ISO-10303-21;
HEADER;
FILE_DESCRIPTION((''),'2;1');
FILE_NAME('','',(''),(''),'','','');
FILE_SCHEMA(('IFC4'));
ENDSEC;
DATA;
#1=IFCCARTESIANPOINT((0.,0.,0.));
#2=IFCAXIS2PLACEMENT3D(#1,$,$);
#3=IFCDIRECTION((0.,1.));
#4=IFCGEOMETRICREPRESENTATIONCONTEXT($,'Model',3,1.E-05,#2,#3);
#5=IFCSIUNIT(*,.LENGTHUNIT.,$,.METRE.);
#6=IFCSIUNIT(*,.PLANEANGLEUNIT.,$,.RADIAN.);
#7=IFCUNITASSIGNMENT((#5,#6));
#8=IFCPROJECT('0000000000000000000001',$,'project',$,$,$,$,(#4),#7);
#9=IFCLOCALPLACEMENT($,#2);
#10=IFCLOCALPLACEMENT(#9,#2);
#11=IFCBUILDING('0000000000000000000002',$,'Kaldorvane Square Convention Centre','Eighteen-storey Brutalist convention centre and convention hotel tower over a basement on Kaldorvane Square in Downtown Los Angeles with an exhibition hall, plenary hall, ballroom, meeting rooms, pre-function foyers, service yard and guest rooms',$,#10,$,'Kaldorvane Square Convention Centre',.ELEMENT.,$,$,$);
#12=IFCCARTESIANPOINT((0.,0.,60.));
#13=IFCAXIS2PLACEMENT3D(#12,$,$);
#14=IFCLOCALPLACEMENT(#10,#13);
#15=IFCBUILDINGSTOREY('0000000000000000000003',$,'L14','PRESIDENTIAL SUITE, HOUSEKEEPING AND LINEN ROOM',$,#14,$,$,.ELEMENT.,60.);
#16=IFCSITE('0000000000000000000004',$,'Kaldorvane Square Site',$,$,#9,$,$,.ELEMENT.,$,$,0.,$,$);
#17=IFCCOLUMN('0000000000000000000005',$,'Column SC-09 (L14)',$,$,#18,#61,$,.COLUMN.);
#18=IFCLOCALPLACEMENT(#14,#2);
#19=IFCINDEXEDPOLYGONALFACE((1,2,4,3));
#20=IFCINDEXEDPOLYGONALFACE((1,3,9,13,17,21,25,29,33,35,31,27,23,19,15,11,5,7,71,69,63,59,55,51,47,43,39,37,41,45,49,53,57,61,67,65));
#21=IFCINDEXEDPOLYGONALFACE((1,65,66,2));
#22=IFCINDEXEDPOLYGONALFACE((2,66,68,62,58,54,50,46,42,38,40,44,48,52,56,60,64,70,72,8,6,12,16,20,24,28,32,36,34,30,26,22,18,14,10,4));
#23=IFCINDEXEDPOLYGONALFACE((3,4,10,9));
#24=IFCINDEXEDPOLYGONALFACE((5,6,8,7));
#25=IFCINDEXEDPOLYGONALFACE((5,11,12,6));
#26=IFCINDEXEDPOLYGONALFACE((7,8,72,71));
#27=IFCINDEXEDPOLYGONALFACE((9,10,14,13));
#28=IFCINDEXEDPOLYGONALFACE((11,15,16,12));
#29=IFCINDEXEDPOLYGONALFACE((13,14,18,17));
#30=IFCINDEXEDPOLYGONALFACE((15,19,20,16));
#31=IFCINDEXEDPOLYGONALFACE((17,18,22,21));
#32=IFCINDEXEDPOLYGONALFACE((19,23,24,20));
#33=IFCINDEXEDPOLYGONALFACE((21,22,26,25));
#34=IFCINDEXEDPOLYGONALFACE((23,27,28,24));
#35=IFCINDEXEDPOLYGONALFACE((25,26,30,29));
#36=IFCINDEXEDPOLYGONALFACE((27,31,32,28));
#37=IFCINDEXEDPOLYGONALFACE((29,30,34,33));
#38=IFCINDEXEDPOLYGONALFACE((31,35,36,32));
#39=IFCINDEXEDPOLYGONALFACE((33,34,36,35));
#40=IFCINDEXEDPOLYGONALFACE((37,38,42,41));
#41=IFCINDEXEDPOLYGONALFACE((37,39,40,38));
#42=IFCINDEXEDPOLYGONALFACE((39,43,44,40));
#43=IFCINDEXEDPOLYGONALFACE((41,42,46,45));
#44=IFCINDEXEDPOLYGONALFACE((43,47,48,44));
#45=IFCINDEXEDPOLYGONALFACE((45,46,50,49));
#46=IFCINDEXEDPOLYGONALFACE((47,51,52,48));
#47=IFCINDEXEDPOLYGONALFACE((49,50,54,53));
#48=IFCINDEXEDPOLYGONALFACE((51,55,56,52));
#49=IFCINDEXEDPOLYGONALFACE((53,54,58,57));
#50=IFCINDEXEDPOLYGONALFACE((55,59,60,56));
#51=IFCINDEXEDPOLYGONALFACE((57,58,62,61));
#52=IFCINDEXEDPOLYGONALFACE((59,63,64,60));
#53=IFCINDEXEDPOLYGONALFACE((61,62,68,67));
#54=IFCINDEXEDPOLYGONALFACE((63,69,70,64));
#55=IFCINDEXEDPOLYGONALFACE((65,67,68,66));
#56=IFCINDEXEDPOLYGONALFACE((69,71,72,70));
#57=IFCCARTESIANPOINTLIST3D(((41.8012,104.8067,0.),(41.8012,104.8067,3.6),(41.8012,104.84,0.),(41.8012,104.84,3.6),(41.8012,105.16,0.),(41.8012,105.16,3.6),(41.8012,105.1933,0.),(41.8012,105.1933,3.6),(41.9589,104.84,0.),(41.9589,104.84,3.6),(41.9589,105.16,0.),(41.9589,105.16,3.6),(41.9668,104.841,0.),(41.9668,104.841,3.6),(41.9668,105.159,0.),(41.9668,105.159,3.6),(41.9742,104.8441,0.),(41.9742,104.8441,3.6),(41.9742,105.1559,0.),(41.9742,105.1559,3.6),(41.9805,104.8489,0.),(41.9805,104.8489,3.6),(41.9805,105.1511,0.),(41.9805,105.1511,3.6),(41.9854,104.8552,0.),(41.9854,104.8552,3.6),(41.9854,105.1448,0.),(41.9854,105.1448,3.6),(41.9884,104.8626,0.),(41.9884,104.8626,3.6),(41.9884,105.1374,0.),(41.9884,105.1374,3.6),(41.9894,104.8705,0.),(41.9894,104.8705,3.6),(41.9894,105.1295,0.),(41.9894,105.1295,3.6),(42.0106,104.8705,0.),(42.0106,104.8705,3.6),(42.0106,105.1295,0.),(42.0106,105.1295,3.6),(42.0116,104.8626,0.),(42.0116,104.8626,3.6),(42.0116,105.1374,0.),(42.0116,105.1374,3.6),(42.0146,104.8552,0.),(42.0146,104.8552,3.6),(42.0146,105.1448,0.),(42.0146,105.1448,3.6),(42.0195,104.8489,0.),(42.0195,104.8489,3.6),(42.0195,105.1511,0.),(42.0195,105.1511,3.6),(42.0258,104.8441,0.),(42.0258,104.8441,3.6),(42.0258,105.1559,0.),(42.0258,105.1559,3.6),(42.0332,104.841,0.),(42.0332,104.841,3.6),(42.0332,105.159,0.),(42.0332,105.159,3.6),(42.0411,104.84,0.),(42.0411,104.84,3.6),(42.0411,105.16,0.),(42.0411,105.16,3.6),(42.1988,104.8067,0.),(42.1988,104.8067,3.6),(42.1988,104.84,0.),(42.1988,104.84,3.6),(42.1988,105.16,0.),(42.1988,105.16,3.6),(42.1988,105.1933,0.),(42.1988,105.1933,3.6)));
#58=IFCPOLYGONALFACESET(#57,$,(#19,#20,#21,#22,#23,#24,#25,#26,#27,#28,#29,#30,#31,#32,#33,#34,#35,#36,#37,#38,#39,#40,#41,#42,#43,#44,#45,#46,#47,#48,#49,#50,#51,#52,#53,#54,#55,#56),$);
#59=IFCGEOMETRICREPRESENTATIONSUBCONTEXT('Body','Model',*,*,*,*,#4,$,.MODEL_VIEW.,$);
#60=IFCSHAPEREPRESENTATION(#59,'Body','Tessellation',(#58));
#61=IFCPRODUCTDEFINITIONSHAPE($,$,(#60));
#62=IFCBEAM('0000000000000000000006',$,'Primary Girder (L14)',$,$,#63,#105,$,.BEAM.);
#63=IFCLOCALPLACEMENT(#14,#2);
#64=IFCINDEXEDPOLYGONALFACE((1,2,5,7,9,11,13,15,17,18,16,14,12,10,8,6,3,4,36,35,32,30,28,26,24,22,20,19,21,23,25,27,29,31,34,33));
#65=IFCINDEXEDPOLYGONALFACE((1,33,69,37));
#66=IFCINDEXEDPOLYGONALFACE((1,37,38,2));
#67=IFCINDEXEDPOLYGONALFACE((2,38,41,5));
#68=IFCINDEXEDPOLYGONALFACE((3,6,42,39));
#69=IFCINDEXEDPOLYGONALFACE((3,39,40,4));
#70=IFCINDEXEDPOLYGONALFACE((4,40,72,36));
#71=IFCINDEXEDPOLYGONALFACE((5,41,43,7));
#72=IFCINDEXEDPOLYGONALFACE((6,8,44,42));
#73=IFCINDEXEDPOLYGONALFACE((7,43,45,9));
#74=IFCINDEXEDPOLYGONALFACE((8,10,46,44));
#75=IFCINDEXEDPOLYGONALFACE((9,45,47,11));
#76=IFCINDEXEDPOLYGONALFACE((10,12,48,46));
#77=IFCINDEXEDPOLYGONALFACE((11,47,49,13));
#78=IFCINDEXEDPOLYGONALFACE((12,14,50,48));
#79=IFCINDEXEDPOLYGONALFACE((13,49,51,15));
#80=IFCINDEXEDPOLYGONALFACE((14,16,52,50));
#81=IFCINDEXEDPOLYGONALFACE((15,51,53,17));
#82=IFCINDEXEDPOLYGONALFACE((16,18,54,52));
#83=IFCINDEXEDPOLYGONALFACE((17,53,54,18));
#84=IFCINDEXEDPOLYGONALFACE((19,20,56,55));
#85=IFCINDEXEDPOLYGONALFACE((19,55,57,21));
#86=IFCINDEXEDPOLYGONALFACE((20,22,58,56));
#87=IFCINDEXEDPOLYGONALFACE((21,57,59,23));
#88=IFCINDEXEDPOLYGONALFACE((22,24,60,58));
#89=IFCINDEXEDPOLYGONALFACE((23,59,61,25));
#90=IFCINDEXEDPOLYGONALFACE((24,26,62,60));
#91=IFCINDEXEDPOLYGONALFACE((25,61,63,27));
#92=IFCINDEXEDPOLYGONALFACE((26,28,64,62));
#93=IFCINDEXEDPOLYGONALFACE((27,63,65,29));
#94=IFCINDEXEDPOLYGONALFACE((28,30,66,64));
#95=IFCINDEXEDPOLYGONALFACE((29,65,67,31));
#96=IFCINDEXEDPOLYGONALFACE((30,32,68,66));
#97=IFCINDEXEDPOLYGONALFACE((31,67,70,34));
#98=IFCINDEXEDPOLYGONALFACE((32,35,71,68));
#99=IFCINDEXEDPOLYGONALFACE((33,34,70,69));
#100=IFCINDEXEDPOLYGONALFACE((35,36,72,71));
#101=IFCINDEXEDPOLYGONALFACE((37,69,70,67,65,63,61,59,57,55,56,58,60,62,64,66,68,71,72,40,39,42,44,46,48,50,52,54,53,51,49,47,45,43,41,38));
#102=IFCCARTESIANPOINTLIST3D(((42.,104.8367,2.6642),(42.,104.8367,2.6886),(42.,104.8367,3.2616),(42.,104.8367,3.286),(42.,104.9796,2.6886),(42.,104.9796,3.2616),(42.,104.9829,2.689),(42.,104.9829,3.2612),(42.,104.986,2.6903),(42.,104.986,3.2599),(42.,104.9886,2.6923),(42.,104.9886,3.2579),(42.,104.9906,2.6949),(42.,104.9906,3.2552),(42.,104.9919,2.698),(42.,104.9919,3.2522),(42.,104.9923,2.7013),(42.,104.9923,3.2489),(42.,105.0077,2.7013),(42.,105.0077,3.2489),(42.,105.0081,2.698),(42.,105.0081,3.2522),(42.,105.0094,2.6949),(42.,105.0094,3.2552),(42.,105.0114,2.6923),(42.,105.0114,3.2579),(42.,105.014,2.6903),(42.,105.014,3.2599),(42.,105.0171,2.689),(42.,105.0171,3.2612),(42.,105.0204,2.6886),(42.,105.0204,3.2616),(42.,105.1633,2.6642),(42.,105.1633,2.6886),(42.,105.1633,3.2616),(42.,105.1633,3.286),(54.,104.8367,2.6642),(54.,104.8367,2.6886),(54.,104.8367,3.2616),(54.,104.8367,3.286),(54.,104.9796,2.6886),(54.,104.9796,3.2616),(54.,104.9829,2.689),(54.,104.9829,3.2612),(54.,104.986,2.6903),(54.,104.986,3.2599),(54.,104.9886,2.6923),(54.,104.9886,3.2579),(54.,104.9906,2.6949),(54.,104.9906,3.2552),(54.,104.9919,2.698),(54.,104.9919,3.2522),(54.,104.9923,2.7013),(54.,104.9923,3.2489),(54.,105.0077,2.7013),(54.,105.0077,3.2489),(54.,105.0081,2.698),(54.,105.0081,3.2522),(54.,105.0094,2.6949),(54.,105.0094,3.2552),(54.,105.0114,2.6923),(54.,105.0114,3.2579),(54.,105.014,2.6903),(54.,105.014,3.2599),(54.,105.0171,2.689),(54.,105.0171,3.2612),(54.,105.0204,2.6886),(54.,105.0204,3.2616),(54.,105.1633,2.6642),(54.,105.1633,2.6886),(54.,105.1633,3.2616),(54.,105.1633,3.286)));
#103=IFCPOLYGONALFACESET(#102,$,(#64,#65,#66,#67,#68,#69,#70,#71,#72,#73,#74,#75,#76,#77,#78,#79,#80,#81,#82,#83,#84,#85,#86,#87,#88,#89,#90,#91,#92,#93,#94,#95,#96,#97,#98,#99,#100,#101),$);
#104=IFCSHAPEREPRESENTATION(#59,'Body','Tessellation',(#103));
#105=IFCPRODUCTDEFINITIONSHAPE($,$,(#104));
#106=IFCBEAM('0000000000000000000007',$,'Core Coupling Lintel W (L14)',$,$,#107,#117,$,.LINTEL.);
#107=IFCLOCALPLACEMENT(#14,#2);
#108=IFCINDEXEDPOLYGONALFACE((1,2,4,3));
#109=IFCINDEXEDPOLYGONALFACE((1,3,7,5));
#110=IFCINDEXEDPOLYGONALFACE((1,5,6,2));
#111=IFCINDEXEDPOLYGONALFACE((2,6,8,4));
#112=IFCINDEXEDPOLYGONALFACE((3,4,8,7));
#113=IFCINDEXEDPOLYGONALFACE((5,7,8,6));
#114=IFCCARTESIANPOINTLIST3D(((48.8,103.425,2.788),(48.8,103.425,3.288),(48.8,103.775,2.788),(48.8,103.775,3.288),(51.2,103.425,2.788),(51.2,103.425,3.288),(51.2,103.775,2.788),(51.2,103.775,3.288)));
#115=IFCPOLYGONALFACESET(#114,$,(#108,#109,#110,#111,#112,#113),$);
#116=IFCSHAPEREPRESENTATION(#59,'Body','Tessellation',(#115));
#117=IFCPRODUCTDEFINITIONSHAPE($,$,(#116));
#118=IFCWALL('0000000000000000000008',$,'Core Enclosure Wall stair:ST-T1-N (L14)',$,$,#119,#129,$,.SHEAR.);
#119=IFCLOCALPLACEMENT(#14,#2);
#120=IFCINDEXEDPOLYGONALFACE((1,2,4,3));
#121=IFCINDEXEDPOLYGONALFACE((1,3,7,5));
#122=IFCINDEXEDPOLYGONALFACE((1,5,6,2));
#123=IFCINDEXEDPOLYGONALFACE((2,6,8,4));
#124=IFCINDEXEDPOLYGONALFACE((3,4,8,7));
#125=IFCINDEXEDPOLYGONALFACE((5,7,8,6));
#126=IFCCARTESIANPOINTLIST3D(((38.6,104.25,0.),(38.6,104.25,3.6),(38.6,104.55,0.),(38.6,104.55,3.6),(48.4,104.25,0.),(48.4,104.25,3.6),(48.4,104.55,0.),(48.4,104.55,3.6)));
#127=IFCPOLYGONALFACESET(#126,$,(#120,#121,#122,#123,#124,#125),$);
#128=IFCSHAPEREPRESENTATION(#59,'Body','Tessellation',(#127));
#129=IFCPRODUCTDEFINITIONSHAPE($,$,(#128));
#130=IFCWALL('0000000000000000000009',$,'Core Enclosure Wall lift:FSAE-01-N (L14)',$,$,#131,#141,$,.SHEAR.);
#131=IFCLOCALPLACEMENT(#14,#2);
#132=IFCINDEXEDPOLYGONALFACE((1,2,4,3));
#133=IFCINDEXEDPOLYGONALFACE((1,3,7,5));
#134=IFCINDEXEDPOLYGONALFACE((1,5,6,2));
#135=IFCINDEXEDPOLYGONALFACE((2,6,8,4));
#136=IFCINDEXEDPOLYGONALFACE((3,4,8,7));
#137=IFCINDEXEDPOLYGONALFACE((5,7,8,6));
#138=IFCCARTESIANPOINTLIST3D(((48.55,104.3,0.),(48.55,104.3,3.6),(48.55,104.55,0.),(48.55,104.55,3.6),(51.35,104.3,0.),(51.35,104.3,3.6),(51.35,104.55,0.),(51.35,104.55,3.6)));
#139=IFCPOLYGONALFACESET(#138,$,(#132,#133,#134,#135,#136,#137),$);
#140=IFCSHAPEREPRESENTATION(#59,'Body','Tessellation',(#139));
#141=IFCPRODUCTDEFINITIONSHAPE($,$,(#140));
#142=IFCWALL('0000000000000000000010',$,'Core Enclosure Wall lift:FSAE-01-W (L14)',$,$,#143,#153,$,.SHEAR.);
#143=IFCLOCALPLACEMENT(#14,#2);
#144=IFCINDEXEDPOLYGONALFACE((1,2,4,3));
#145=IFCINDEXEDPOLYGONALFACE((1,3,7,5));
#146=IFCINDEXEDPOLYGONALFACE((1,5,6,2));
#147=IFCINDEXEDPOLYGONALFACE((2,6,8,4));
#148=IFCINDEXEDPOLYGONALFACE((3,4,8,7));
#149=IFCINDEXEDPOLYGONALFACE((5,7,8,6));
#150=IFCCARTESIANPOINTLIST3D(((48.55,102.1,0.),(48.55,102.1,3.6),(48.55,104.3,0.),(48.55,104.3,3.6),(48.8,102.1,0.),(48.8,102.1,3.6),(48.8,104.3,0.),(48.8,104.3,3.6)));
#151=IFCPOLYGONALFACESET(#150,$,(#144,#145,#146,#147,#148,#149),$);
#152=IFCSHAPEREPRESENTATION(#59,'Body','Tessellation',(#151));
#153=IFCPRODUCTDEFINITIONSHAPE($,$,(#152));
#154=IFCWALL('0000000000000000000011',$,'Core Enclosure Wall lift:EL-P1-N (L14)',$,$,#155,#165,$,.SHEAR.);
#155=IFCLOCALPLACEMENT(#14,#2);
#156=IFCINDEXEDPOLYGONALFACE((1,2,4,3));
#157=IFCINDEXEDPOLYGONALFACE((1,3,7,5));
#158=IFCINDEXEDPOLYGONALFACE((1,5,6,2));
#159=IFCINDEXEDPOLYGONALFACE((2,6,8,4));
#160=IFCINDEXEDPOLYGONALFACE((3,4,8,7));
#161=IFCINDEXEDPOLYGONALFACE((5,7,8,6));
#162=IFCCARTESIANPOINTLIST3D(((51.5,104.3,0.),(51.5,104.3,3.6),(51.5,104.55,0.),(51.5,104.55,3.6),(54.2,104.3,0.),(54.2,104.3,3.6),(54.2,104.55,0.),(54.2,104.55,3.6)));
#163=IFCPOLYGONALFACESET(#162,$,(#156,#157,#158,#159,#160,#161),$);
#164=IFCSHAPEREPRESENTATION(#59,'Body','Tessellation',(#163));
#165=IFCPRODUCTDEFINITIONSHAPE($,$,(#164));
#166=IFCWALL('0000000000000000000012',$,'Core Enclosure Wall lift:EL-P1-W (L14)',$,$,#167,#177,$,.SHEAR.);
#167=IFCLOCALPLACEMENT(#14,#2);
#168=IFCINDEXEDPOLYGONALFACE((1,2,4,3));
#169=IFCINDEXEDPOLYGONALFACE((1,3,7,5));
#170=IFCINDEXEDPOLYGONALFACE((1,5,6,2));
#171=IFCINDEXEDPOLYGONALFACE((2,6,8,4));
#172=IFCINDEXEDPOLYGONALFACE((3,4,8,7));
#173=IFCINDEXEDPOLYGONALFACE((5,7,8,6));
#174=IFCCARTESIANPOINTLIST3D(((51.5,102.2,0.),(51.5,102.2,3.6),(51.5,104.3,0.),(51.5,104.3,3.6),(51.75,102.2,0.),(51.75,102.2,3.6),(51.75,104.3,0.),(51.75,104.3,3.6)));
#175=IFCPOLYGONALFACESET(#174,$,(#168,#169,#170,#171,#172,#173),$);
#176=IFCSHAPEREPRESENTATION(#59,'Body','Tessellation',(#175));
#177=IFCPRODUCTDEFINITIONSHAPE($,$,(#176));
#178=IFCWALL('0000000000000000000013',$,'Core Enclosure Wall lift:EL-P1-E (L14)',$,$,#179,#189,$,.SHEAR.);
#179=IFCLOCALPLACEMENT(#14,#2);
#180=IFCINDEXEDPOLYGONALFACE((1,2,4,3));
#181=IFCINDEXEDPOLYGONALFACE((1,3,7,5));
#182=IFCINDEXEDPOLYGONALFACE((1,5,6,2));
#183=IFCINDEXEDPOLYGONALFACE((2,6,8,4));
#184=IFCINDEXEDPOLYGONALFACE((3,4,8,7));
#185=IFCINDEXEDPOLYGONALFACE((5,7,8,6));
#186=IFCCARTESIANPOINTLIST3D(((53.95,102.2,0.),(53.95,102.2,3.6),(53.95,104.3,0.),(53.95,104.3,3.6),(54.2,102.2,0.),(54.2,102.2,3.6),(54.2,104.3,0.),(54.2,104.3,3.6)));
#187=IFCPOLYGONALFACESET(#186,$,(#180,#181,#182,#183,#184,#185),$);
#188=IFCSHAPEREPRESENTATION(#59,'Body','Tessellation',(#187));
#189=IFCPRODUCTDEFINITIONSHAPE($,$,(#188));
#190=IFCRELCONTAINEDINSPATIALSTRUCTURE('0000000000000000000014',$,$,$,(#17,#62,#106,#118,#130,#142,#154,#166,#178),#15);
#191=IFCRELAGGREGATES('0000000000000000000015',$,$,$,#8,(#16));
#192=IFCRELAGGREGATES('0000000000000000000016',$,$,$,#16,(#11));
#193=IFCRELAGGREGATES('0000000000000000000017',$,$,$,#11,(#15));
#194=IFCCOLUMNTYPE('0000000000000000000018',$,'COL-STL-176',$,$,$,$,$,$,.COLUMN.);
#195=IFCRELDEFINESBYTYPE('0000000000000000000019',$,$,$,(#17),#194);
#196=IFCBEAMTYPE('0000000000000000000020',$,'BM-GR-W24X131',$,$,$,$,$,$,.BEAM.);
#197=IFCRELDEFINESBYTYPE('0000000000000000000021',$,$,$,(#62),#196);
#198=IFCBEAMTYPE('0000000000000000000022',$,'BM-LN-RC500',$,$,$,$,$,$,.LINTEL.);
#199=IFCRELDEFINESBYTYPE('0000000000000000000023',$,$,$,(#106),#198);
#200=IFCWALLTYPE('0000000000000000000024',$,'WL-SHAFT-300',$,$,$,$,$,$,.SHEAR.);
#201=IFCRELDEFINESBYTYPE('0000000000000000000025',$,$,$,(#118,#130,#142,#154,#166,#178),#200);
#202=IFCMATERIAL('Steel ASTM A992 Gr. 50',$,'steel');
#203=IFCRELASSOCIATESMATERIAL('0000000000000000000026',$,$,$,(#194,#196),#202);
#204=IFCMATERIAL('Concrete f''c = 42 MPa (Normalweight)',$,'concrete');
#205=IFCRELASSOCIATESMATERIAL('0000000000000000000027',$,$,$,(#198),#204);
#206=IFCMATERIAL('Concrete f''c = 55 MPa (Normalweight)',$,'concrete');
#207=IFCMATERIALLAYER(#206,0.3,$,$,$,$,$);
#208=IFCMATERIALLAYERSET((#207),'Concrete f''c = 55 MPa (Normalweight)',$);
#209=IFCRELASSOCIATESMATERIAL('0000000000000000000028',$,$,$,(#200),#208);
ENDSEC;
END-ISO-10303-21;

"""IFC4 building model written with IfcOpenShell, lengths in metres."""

from ifc_helpers import new_model, si_unit, direction, frame, frame_2d, origin, origin_2d, place, context, subcontext, project, spatial, rectangle, i_section, extrude, material, layer, layer_set, material_profile, profile_set, type_object, element, save


model = new_model("IFC4")

# Units and contexts
model_context = context("Model", 3, precision=1e-05, world=origin(), true_north=direction((0.0, 1.0)))
body_context = subcontext(model_context, "Body", "Model", "MODEL_VIEW")
ifc_project = project(units=[si_unit("LENGTHUNIT", "METRE"), si_unit("PLANEANGLEUNIT", "RADIAN")], contexts=[model_context])

# Site, building, storey
site_placement = place(None, origin())
site = spatial("IfcSite", under=ifc_project, at=site_placement, Name="Kaldorvane Square Site", CompositionType="ELEMENT", RefElevation=0.0)
building_placement = place(site_placement, origin())
building = spatial("IfcBuilding", under=site, at=building_placement, Name="Kaldorvane Square Convention Centre", Description="Eighteen-storey Brutalist convention centre and convention hotel tower over a basement on Kaldorvane Square in Downtown Los Angeles with an exhibition hall, plenary hall, ballroom, meeting rooms, pre-function foyers, service yard and guest rooms", LongName="Kaldorvane Square Convention Centre", CompositionType="ELEMENT")
storey_placement = place(building_placement, frame((0.0, 0.0, 60.0)))
storey = spatial("IfcBuildingStorey", under=building, at=storey_placement, Name="L14", Description="PRESIDENTIAL SUITE, HOUSEKEEPING AND LINEN ROOM", CompositionType="ELEMENT", Elevation=60.0)

# Column
ifc_material_1 = material(Name="Steel ASTM A992 Gr. 50", Category="steel")
ifc_material_profile_1 = material_profile(ifc_material_1, i_section(OverallWidth=0.3975, OverallDepth=0.3866, WebThickness=0.0211, FlangeThickness=0.0333, FilletRadius=0.0305, at=origin_2d()), Name="W14X176")
ifc_profile_set_1 = profile_set([ifc_material_profile_1], Name="Steel ASTM A992 Gr. 50")
column_type = type_object("IfcColumnType", Name="COL-STL-176", PredefinedType="COLUMN", material=ifc_profile_set_1)
column_placement = place(storey_placement, frame((42.0, 105.0, 0.0), z_axis=(0.0, 0.0, 1.0), x_axis=(1.0, 0.0, 0.0)))
element("IfcColumn", 1, at=column_placement, inside=storey, type_object=column_type, Name="Column SC-09 (L14)", PredefinedType="COLUMN", context=body_context, shape_type="SweptSolid", body=[
    extrude(i_section(OverallWidth=0.3975, OverallDepth=0.3866, WebThickness=0.0211, FlangeThickness=0.0333, FilletRadius=0.0305, at=origin_2d()), origin(), (0.0, 0.0, 1.0), 3.6),
])

# Beams
ifc_material_profile_2 = material_profile(ifc_material_1, i_section(OverallWidth=0.3265, OverallDepth=0.6218, WebThickness=0.0154, FlangeThickness=0.0244, FilletRadius=0.0127, at=origin_2d()), Name="W24X131")
ifc_profile_set_2 = profile_set([ifc_material_profile_2], Name="Steel ASTM A992 Gr. 50")
beam_type_1 = type_object("IfcBeamType", Name="BM-GR-W24X131", PredefinedType="BEAM", material=ifc_profile_set_2)
beam_1_placement = place(storey_placement, frame((42.0, 105.0, 2.9751), z_axis=(1.0, 0.0, 0.0), x_axis=(0.0, 1.0, 0.0)))
element("IfcBeam", 2, at=beam_1_placement, inside=storey, type_object=beam_type_1, Name="Primary Girder (L14)", PredefinedType="BEAM", context=body_context, shape_type="SweptSolid", body=[
    extrude(i_section(OverallWidth=0.3265, OverallDepth=0.6218, WebThickness=0.0154, FlangeThickness=0.0244, FilletRadius=0.0127, at=origin_2d()), origin(), (0.0, 0.0, 1.0), 12.0),
])
ifc_material_2 = material(Name="Concrete f'c = 42 MPa (Normalweight)", Category="concrete")
ifc_material_profile_3 = material_profile(ifc_material_2, rectangle(XDim=0.35, YDim=0.5, at=origin_2d()), Name="RCLN500X350")
ifc_profile_set_3 = profile_set([ifc_material_profile_3], Name="Concrete f'c = 42 MPa (Normalweight)")
beam_type_2 = type_object("IfcBeamType", Name="BM-LN-RC500", PredefinedType="LINTEL", material=ifc_profile_set_3)
beam_2_placement = place(storey_placement, frame((48.8, 103.6, 3.038), z_axis=(1.0, 0.0, 0.0), x_axis=(0.0, 1.0, 0.0)))
element("IfcBeam", 3, at=beam_2_placement, inside=storey, type_object=beam_type_2, Name="Core Coupling Lintel W (L14)", PredefinedType="LINTEL", context=body_context, shape_type="SweptSolid", body=[
    extrude(rectangle(XDim=0.35, YDim=0.5, at=origin_2d()), origin(), (0.0, 0.0, 1.0), 2.4),
])

# Walls
ifc_material_3 = material(Name="Concrete f'c = 55 MPa (Normalweight)", Category="concrete")
ifc_layer = layer(ifc_material_3, 0.3)
ifc_layer_set = layer_set([ifc_layer], Name="Concrete f'c = 55 MPa (Normalweight)")
wall_type = type_object("IfcWallType", Name="WL-SHAFT-300", PredefinedType="SHEAR", material=ifc_layer_set)
wall_1_placement = place(storey_placement, frame((48.4, 104.4, 0.0), z_axis=(0.0, 0.0, 1.0), x_axis=(-1.0, 0.0, 0.0)))
element("IfcWall", 4, at=wall_1_placement, inside=storey, type_object=wall_type, Name="Core Enclosure Wall stair:ST-T1-N (L14)", PredefinedType="SHEAR", context=body_context, shape_type="SweptSolid", body=[
    extrude(rectangle(XDim=9.8, YDim=0.3, at=frame_2d((4.9, 0.0))), origin(), (0.0, 0.0, 1.0), 3.6),
])
wall_2_placement = place(storey_placement, frame((51.35, 104.425, 0.0), z_axis=(0.0, 0.0, 1.0), x_axis=(-1.0, 0.0, 0.0)))
element("IfcWall", 5, at=wall_2_placement, inside=storey, type_object=wall_type, Name="Core Enclosure Wall lift:FSAE-01-N (L14)", PredefinedType="SHEAR", context=body_context, shape_type="SweptSolid", body=[
    extrude(rectangle(XDim=2.8, YDim=0.25, at=frame_2d((1.4, 0.0))), origin(), (0.0, 0.0, 1.0), 3.6),
])
wall_3_placement = place(storey_placement, frame((48.675, 104.3, 0.0), z_axis=(0.0, 0.0, 1.0), x_axis=(0.0, -1.0, 0.0)))
element("IfcWall", 6, at=wall_3_placement, inside=storey, type_object=wall_type, Name="Core Enclosure Wall lift:FSAE-01-W (L14)", PredefinedType="SHEAR", context=body_context, shape_type="SweptSolid", body=[
    extrude(rectangle(XDim=2.2, YDim=0.25, at=frame_2d((1.1, 0.0))), origin(), (0.0, 0.0, 1.0), 3.6),
])
wall_4_placement = place(storey_placement, frame((54.2, 104.425, 0.0), z_axis=(0.0, 0.0, 1.0), x_axis=(-1.0, 0.0, 0.0)))
element("IfcWall", 7, at=wall_4_placement, inside=storey, type_object=wall_type, Name="Core Enclosure Wall lift:EL-P1-N (L14)", PredefinedType="SHEAR", context=body_context, shape_type="SweptSolid", body=[
    extrude(rectangle(XDim=2.7, YDim=0.25, at=frame_2d((1.35, 0.0))), origin(), (0.0, 0.0, 1.0), 3.6),
])
for number, where, z_axis, x_axis, name in (
    (8, (51.625, 104.3, 0.0), (0.0, 0.0, 1.0), (0.0, -1.0, 0.0), "Core Enclosure Wall lift:EL-P1-W (L14)"),
    (9, (54.075, 102.2, 0.0), (0.0, 0.0, 1.0), (0.0, 1.0, 0.0), "Core Enclosure Wall lift:EL-P1-E (L14)"),
):
    element("IfcWall", number, at=place(storey_placement, frame(where, z_axis=z_axis, x_axis=x_axis)), inside=storey, type_object=wall_type, Name=name, PredefinedType="SHEAR", context=body_context, shape_type="SweptSolid", body=[
        extrude(rectangle(XDim=2.1, YDim=0.25, at=frame_2d((1.05, 0.0))), origin(), (0.0, 0.0, 1.0), 3.6),
    ])

save(model, "model.ifc")
